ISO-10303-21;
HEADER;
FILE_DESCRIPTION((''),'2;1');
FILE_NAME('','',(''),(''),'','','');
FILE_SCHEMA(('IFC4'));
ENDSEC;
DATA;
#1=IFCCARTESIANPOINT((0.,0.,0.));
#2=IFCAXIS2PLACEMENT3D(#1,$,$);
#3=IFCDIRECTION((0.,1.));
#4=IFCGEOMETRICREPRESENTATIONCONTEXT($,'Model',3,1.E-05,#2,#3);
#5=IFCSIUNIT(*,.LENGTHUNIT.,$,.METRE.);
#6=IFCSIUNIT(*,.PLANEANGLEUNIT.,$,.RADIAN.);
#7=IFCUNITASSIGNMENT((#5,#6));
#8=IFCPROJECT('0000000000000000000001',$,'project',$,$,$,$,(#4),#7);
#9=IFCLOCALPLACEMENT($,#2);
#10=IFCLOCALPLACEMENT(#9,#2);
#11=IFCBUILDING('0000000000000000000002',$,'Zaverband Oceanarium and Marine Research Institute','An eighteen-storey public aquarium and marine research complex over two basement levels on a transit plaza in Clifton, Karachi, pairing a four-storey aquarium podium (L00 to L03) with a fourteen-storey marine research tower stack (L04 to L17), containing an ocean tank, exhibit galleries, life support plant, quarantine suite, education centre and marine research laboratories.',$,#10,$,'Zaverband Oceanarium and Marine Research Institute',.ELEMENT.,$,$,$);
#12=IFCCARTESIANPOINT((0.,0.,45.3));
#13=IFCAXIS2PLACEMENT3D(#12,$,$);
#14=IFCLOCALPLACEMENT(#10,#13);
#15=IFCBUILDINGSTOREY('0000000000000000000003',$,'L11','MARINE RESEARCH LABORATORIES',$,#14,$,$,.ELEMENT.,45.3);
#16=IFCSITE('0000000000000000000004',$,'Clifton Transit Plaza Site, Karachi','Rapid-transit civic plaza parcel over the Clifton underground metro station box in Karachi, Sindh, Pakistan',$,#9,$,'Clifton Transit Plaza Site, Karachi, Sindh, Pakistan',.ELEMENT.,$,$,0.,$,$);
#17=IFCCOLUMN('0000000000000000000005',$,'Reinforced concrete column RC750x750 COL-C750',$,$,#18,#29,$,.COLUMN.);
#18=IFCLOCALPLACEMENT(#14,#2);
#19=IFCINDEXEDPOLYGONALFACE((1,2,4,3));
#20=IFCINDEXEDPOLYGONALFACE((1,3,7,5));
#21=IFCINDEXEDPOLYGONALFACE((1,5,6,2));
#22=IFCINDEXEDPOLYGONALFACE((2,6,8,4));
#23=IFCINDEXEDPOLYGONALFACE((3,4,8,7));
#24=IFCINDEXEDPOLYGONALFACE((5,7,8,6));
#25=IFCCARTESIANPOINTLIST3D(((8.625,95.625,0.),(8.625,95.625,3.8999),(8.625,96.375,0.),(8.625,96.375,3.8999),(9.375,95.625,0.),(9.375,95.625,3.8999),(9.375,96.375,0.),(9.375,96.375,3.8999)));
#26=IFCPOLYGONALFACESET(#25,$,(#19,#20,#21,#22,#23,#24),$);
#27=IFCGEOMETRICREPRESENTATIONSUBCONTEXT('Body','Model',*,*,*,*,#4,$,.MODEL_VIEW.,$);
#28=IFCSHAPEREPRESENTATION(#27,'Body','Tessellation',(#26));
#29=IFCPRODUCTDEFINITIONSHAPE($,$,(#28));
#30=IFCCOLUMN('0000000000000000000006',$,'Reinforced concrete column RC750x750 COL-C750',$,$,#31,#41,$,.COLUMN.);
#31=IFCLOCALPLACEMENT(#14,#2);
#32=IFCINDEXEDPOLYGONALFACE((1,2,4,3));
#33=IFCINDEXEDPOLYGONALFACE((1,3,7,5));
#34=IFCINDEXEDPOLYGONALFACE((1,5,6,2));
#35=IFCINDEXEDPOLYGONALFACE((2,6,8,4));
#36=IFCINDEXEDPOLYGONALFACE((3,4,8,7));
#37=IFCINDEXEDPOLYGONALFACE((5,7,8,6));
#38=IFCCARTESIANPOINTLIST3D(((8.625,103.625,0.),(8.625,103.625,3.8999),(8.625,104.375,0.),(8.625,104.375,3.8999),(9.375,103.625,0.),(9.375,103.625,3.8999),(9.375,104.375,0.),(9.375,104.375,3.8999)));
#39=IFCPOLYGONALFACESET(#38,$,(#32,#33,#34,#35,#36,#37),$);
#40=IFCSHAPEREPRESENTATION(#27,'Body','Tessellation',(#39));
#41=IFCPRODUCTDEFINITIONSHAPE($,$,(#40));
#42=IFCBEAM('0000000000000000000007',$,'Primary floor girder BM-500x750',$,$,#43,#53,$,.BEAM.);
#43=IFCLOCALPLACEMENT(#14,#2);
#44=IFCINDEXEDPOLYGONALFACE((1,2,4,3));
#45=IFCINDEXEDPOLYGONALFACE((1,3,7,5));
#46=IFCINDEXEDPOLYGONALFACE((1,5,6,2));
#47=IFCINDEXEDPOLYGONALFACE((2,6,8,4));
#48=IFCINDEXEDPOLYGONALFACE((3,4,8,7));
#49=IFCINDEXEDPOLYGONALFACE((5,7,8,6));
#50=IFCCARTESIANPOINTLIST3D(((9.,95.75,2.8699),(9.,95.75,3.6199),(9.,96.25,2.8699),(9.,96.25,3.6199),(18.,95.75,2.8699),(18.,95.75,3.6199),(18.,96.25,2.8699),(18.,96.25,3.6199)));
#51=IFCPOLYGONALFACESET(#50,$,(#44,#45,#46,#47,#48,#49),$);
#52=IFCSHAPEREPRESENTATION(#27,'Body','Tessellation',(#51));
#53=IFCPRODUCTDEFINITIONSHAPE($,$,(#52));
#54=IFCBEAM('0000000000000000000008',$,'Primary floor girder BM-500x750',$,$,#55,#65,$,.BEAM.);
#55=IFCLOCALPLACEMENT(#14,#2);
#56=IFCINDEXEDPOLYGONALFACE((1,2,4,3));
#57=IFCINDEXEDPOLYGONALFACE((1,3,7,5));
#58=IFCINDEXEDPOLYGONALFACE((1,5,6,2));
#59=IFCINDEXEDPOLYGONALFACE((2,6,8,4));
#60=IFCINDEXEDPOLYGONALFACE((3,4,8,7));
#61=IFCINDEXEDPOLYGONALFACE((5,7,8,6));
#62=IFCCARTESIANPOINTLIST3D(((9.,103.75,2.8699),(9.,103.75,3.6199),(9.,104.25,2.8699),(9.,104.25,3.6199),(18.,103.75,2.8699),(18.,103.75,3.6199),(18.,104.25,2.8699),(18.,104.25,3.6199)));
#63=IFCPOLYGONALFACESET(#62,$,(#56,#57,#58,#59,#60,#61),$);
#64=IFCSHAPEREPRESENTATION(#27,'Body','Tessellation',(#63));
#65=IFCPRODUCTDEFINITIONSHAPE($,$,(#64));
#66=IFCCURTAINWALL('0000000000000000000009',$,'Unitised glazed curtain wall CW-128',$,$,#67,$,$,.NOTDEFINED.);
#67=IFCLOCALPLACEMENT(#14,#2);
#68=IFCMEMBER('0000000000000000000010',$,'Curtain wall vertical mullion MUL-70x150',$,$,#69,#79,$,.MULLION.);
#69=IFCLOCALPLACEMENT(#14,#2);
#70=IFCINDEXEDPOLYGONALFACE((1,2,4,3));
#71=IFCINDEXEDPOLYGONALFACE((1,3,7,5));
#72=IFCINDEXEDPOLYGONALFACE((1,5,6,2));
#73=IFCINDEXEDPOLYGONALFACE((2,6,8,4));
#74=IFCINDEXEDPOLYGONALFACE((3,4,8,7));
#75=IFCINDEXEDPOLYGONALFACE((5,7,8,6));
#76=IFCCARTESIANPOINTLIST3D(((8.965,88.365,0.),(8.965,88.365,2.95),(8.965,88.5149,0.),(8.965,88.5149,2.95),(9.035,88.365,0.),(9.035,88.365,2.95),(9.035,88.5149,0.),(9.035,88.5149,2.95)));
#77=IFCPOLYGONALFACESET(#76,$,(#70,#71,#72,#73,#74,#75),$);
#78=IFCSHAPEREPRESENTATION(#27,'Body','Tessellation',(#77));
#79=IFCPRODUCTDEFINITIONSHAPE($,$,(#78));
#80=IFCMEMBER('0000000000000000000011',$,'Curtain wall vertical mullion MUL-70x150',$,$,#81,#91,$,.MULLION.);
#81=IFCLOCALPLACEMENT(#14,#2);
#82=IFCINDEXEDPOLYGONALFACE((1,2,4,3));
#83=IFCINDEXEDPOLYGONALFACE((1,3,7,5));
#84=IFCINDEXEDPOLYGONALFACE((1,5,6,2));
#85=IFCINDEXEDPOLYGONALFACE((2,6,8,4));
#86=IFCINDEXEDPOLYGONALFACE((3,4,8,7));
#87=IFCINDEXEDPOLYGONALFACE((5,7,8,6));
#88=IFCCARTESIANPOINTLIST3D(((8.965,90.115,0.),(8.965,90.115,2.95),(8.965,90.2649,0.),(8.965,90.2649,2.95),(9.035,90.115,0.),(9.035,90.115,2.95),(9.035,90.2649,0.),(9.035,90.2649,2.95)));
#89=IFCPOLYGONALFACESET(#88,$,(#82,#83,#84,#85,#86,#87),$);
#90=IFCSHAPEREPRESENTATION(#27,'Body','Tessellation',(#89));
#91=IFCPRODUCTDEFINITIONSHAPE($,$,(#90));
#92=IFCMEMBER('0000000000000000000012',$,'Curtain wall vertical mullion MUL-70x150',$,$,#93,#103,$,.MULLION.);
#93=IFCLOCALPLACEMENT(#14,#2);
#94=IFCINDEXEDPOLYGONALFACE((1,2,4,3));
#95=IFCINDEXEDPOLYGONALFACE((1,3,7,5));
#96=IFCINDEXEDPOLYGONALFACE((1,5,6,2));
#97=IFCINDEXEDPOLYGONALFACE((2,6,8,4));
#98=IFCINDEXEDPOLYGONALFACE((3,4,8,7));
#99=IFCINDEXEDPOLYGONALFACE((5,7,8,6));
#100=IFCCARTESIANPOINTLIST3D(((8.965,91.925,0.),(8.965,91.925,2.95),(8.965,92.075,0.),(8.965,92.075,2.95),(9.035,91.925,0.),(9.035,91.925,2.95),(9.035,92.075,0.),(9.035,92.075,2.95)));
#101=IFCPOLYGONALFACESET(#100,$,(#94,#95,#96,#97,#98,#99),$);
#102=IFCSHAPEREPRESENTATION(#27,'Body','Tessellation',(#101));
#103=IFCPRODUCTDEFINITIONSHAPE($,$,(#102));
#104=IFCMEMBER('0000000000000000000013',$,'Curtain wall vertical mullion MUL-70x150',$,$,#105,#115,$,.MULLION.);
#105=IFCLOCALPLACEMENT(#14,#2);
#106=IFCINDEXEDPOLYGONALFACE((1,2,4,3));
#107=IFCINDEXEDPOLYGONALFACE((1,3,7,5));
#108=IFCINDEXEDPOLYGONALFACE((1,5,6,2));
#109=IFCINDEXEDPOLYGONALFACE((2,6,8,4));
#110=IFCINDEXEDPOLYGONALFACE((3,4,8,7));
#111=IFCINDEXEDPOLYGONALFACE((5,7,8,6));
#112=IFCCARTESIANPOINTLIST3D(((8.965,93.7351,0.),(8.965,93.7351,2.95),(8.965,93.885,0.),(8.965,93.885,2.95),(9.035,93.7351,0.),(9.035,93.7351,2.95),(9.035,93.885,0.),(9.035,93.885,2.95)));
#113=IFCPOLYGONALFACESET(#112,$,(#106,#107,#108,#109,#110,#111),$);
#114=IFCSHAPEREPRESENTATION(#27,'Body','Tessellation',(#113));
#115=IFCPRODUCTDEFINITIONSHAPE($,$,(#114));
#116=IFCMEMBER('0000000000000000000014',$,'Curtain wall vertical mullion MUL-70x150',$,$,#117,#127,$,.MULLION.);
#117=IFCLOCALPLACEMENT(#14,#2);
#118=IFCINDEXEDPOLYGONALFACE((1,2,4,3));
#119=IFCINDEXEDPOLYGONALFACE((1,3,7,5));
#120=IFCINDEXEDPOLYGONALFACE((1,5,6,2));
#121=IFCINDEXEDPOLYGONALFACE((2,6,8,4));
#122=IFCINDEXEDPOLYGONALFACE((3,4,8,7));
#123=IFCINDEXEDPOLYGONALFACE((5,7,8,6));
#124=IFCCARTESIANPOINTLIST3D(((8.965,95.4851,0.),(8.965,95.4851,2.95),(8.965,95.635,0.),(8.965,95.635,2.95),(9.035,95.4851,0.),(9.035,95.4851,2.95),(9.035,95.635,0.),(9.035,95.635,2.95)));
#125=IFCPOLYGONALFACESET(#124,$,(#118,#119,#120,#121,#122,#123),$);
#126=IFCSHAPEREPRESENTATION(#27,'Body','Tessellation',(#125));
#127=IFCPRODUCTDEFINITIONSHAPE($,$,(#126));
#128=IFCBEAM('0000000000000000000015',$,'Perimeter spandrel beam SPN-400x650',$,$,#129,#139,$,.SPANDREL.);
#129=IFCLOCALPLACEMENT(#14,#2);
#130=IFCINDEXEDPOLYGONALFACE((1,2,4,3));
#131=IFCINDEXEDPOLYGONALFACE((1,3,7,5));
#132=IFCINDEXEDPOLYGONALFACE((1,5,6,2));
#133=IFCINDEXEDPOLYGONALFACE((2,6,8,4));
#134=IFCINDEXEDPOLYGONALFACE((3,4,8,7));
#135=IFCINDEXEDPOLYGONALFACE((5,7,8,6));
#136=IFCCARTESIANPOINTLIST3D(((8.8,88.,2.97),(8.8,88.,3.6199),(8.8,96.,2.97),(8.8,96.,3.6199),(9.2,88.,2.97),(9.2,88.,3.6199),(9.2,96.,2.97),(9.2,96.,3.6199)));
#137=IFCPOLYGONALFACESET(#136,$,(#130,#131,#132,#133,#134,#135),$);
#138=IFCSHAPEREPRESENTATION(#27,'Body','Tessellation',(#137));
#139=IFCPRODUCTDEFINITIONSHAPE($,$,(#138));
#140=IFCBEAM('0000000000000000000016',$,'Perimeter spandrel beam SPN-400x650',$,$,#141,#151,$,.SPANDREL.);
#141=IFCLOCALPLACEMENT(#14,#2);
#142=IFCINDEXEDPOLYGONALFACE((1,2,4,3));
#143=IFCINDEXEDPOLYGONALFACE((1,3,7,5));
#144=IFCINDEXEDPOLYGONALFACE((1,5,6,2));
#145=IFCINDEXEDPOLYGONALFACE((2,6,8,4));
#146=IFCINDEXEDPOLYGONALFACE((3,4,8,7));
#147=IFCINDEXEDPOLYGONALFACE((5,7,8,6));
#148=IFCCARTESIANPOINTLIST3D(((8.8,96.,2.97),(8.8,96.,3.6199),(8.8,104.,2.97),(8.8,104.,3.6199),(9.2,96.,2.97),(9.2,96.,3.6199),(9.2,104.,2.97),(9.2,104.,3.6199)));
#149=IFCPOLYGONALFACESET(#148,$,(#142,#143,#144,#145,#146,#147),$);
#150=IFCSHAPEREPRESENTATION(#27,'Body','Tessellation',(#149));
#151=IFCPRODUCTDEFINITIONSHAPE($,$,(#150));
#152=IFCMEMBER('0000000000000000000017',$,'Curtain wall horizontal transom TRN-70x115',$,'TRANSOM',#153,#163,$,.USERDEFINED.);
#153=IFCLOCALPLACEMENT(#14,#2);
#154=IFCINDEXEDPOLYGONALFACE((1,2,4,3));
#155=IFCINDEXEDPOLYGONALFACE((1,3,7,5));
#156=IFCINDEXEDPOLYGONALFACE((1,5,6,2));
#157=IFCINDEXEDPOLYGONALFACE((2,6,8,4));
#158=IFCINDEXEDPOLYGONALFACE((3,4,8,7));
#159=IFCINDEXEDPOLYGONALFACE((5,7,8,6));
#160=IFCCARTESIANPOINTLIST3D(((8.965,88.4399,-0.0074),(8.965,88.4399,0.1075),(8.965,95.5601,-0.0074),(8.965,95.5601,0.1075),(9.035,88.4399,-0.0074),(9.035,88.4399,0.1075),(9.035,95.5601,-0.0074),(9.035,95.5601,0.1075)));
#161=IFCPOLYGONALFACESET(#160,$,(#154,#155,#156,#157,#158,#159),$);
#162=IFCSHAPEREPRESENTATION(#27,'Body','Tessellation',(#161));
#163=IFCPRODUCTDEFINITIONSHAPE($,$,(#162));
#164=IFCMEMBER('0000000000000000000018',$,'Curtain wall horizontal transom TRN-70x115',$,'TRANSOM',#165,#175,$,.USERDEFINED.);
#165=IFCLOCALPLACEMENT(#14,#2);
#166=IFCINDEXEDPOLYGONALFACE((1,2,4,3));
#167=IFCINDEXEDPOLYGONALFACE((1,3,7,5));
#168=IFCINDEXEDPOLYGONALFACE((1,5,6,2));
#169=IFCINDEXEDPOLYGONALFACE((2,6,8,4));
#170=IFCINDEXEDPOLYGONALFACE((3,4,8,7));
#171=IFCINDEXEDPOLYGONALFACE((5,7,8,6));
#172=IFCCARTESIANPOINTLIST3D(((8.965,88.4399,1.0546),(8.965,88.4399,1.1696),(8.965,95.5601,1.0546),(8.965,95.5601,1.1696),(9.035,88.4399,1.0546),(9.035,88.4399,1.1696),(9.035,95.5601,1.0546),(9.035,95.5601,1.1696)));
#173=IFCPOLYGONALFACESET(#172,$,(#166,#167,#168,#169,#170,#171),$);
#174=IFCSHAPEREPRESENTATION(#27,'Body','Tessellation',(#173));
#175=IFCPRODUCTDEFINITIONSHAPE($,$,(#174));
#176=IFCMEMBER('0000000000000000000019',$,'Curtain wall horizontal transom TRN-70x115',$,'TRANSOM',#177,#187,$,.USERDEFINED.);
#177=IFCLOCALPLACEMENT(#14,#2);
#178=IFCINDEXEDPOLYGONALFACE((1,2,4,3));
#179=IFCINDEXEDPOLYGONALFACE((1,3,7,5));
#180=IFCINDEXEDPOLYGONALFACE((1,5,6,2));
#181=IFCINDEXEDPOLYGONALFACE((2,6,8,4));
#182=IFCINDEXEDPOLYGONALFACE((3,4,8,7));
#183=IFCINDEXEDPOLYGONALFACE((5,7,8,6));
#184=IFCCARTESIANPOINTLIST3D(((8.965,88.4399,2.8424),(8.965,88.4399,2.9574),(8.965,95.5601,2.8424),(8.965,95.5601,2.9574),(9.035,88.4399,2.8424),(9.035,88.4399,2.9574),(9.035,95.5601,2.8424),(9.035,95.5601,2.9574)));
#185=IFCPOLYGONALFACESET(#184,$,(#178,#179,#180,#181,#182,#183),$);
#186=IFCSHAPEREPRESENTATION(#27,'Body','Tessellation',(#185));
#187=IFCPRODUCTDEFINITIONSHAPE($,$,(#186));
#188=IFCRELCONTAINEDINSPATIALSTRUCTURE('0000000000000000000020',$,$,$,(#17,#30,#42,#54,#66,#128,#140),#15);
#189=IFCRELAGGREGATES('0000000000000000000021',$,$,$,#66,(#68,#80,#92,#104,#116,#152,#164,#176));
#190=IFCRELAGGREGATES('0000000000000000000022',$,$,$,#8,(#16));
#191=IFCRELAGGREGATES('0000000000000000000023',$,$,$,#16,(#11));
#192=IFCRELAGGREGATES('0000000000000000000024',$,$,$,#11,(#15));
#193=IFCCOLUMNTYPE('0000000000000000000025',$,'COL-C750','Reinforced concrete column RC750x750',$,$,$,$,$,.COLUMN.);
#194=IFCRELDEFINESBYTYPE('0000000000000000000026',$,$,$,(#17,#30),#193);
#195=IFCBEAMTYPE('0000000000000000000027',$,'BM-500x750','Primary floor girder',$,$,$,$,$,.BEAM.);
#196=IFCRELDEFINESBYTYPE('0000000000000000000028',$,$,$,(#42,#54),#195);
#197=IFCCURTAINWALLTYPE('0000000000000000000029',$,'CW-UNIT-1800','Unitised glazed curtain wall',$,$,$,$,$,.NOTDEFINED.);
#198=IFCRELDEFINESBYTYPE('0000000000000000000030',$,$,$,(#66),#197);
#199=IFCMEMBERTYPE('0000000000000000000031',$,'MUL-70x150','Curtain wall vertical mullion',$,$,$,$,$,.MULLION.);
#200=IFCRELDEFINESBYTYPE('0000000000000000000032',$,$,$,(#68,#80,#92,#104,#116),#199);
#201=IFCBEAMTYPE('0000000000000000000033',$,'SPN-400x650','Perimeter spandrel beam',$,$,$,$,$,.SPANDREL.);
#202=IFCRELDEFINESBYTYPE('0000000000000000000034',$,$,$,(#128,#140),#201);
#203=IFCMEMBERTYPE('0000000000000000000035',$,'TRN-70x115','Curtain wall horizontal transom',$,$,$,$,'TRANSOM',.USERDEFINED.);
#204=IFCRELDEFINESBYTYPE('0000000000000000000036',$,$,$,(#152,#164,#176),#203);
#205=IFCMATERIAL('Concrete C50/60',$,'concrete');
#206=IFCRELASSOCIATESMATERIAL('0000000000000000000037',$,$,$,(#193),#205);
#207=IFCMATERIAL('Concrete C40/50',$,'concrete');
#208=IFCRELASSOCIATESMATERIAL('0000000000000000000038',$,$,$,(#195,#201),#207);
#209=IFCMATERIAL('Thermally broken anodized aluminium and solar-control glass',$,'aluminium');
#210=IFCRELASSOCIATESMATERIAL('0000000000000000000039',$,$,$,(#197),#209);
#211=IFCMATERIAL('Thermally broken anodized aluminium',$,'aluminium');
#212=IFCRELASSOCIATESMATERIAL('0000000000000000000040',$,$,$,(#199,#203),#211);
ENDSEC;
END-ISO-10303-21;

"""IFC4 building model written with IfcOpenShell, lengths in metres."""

from ifc_helpers import new_model, si_unit, direction, frame, origin, origin_2d, place, context, subcontext, project, spatial, rectangle, extrude, material, material_profile, profile_set, type_object, element, aggregate, save


model = new_model("IFC4")

# Units and contexts
model_context = context("Model", 3, precision=1e-05, world=origin(), true_north=direction((0.0, 1.0)))
body_context = subcontext(model_context, "Body", "Model", "MODEL_VIEW")
ifc_project = project(units=[si_unit("LENGTHUNIT", "METRE"), si_unit("PLANEANGLEUNIT", "RADIAN")], contexts=[model_context])

# Site, building, storey
site_placement = place(None, origin())
site = spatial("IfcSite", under=ifc_project, at=site_placement, Name="Clifton Transit Plaza Site, Karachi", Description="Rapid-transit civic plaza parcel over the Clifton underground metro station box in Karachi, Sindh, Pakistan", LongName="Clifton Transit Plaza Site, Karachi, Sindh, Pakistan", CompositionType="ELEMENT", RefElevation=0.0)
building_placement = place(site_placement, origin())
building = spatial("IfcBuilding", under=site, at=building_placement, Name="Zaverband Oceanarium and Marine Research Institute", Description="An eighteen-storey public aquarium and marine research complex over two basement levels on a transit plaza in Clifton, Karachi, pairing a four-storey aquarium podium (L00 to L03) with a fourteen-storey marine research tower stack (L04 to L17), containing an ocean tank, exhibit galleries, life support plant, quarantine suite, education centre and marine research laboratories.", LongName="Zaverband Oceanarium and Marine Research Institute", CompositionType="ELEMENT")
storey_placement = place(building_placement, frame((0.0, 0.0, 45.3)))
storey = spatial("IfcBuildingStorey", under=building, at=storey_placement, Name="L11", Description="MARINE RESEARCH LABORATORIES", CompositionType="ELEMENT", Elevation=45.3)

# Columns
ifc_material_1 = material(Name="Concrete C50/60", Category="concrete")
ifc_material_profile_1 = material_profile(ifc_material_1, rectangle(XDim=0.75, YDim=0.75, at=origin_2d()), Name="RC750x750")
ifc_profile_set_1 = profile_set([ifc_material_profile_1], Name="Concrete C50/60")
column_type = type_object("IfcColumnType", Name="COL-C750", Description="Reinforced concrete column RC750x750", PredefinedType="COLUMN", material=ifc_profile_set_1)
for number, where, z_axis, x_axis, name in (
    (1, (9.0, 96.0, 0.0), (0.0, 0.0, 1.0), (1.0, 0.0, 0.0), "Reinforced concrete column RC750x750 COL-C750"),
    (2, (9.0, 104.0, 0.0), (0.0, 0.0, 1.0), (1.0, 0.0, 0.0), "Reinforced concrete column RC750x750 COL-C750"),
):
    element("IfcColumn", number, at=place(storey_placement, frame(where, z_axis=z_axis, x_axis=x_axis)), inside=storey, type_object=column_type, Name=name, PredefinedType="COLUMN", context=body_context, shape_type="SweptSolid", body=[
        extrude(rectangle(XDim=0.75, YDim=0.75, at=origin_2d()), origin(), (0.0, 0.0, 1.0), 3.8999),
    ])

# Beams
ifc_material_2 = material(Name="Concrete C40/50", Category="concrete")
ifc_material_profile_2 = material_profile(ifc_material_2, rectangle(XDim=0.5, YDim=0.75, at=origin_2d()), Name="RC500x750")
ifc_profile_set_2 = profile_set([ifc_material_profile_2], Name="Concrete C40/50")
beam_type_1 = type_object("IfcBeamType", Name="BM-500x750", Description="Primary floor girder", PredefinedType="BEAM", material=ifc_profile_set_2)
for number, where, z_axis, x_axis, name in (
    (3, (9.0, 96.0, 3.2449), (1.0, 0.0, 0.0), (0.0, 1.0, 0.0), "Primary floor girder BM-500x750"),
    (4, (9.0, 104.0, 3.2449), (1.0, 0.0, 0.0), (0.0, 1.0, 0.0), "Primary floor girder BM-500x750"),
):
    element("IfcBeam", number, at=place(storey_placement, frame(where, z_axis=z_axis, x_axis=x_axis)), inside=storey, type_object=beam_type_1, Name=name, PredefinedType="BEAM", context=body_context, shape_type="SweptSolid", body=[
        extrude(rectangle(XDim=0.5, YDim=0.75, at=origin_2d()), origin(), (0.0, 0.0, 1.0), 9.0),
    ])

# Curtain wall, members
ifc_material_3 = material(Name="Thermally broken anodized aluminium and solar-control glass", Category="aluminium")
curtain_wall_type = type_object("IfcCurtainWallType", Name="CW-UNIT-1800", Description="Unitised glazed curtain wall", PredefinedType="NOTDEFINED", material=ifc_material_3)
curtain_wall_placement = place(storey_placement, origin())
curtain_wall = element("IfcCurtainWall", 5, at=curtain_wall_placement, inside=storey, type_object=curtain_wall_type, Name="Unitised glazed curtain wall CW-128", PredefinedType="NOTDEFINED")
ifc_material_4 = material(Name="Thermally broken anodized aluminium", Category="aluminium")
ifc_material_profile_3 = material_profile(ifc_material_4, rectangle(XDim=0.0701, YDim=0.1499, at=origin_2d()), Name="AL-MUL-70x150")
ifc_profile_set_3 = profile_set([ifc_material_profile_3], Name="Thermally broken anodized aluminium")
member_type_1 = type_object("IfcMemberType", Name="MUL-70x150", Description="Curtain wall vertical mullion", PredefinedType="MULLION", material=ifc_profile_set_3)
member_1_placement = place(storey_placement, frame((9.0, 88.4399, 0.0), z_axis=(0.0, 0.0, 1.0), x_axis=(1.0, 0.0, 0.0)))
member_1 = element("IfcMember", 6, at=member_1_placement, type_object=member_type_1, Name="Curtain wall vertical mullion MUL-70x150", PredefinedType="MULLION", context=body_context, shape_type="SweptSolid", body=[
    extrude(rectangle(XDim=0.0701, YDim=0.1499, at=origin_2d()), origin(), (0.0, 0.0, 1.0), 2.95),
])
member_2_placement = place(storey_placement, frame((9.0, 90.1899, 0.0), z_axis=(0.0, 0.0, 1.0), x_axis=(1.0, 0.0, 0.0)))
member_2 = element("IfcMember", 7, at=member_2_placement, type_object=member_type_1, Name="Curtain wall vertical mullion MUL-70x150", PredefinedType="MULLION", context=body_context, shape_type="SweptSolid", body=[
    extrude(rectangle(XDim=0.0701, YDim=0.1499, at=origin_2d()), origin(), (0.0, 0.0, 1.0), 2.95),
])
member_3_placement = place(storey_placement, frame((9.0, 92.0, 0.0), z_axis=(0.0, 0.0, 1.0), x_axis=(1.0, 0.0, 0.0)))
member_3 = element("IfcMember", 8, at=member_3_placement, type_object=member_type_1, Name="Curtain wall vertical mullion MUL-70x150", PredefinedType="MULLION", context=body_context, shape_type="SweptSolid", body=[
    extrude(rectangle(XDim=0.0701, YDim=0.1499, at=origin_2d()), origin(), (0.0, 0.0, 1.0), 2.95),
])
member_4_placement = place(storey_placement, frame((9.0, 93.8101, 0.0), z_axis=(0.0, 0.0, 1.0), x_axis=(1.0, 0.0, 0.0)))
member_4 = element("IfcMember", 9, at=member_4_placement, type_object=member_type_1, Name="Curtain wall vertical mullion MUL-70x150", PredefinedType="MULLION", context=body_context, shape_type="SweptSolid", body=[
    extrude(rectangle(XDim=0.0701, YDim=0.1499, at=origin_2d()), origin(), (0.0, 0.0, 1.0), 2.95),
])
member_5_placement = place(storey_placement, frame((9.0, 95.5601, 0.0), z_axis=(0.0, 0.0, 1.0), x_axis=(1.0, 0.0, 0.0)))
member_5 = element("IfcMember", 10, at=member_5_placement, type_object=member_type_1, Name="Curtain wall vertical mullion MUL-70x150", PredefinedType="MULLION", context=body_context, shape_type="SweptSolid", body=[
    extrude(rectangle(XDim=0.0701, YDim=0.1499, at=origin_2d()), origin(), (0.0, 0.0, 1.0), 2.95),
])

# Beams
ifc_material_profile_4 = material_profile(ifc_material_2, rectangle(XDim=0.3999, YDim=0.6499, at=origin_2d()), Name="RC400x650")
ifc_profile_set_4 = profile_set([ifc_material_profile_4], Name="Concrete C40/50")
beam_type_2 = type_object("IfcBeamType", Name="SPN-400x650", Description="Perimeter spandrel beam", PredefinedType="SPANDREL", material=ifc_profile_set_4)
for number, where, z_axis, x_axis, name in (
    (11, (9.0, 88.0, 3.2949), (0.0, 1.0, 0.0), (-1.0, 0.0, 0.0), "Perimeter spandrel beam SPN-400x650"),
    (12, (9.0, 96.0, 3.2949), (0.0, 1.0, 0.0), (-1.0, 0.0, 0.0), "Perimeter spandrel beam SPN-400x650"),
):
    element("IfcBeam", number, at=place(storey_placement, frame(where, z_axis=z_axis, x_axis=x_axis)), inside=storey, type_object=beam_type_2, Name=name, PredefinedType="SPANDREL", context=body_context, shape_type="SweptSolid", body=[
        extrude(rectangle(XDim=0.3999, YDim=0.6499, at=origin_2d()), origin(), (0.0, 0.0, 1.0), 8.0),
    ])

# Members
ifc_material_profile_5 = material_profile(ifc_material_4, rectangle(XDim=0.0701, YDim=0.115, at=origin_2d()), Name="AL-TRN-70x115")
ifc_profile_set_5 = profile_set([ifc_material_profile_5], Name="Thermally broken anodized aluminium")
member_type_2 = type_object("IfcMemberType", Name="TRN-70x115", Description="Curtain wall horizontal transom", ElementType="TRANSOM", PredefinedType="USERDEFINED", material=ifc_profile_set_5)
member_6_placement = place(storey_placement, frame((9.0, 88.4399, 0.05), z_axis=(0.0, 1.0, 0.0), x_axis=(-1.0, 0.0, 0.0)))
member_6 = element("IfcMember", 13, at=member_6_placement, type_object=member_type_2, Name="Curtain wall horizontal transom TRN-70x115", ObjectType="TRANSOM", PredefinedType="USERDEFINED", context=body_context, shape_type="SweptSolid", body=[
    extrude(rectangle(XDim=0.0701, YDim=0.115, at=origin_2d()), origin(), (0.0, 0.0, 1.0), 7.1201),
])
member_7_placement = place(storey_placement, frame((9.0, 88.4399, 1.1121), z_axis=(0.0, 1.0, 0.0), x_axis=(-1.0, 0.0, 0.0)))
member_7 = element("IfcMember", 14, at=member_7_placement, type_object=member_type_2, Name="Curtain wall horizontal transom TRN-70x115", ObjectType="TRANSOM", PredefinedType="USERDEFINED", context=body_context, shape_type="SweptSolid", body=[
    extrude(rectangle(XDim=0.0701, YDim=0.115, at=origin_2d()), origin(), (0.0, 0.0, 1.0), 7.1201),
])
member_8_placement = place(storey_placement, frame((9.0, 88.4399, 2.8999), z_axis=(0.0, 1.0, 0.0), x_axis=(-1.0, 0.0, 0.0)))
member_8 = element("IfcMember", 15, at=member_8_placement, type_object=member_type_2, Name="Curtain wall horizontal transom TRN-70x115", ObjectType="TRANSOM", PredefinedType="USERDEFINED", context=body_context, shape_type="SweptSolid", body=[
    extrude(rectangle(XDim=0.0701, YDim=0.115, at=origin_2d()), origin(), (0.0, 0.0, 1.0), 7.1201),
])

aggregate(curtain_wall, [member_1, member_2, member_3, member_4, member_5, member_6, member_7, member_8])

save(model, "model.ifc")
